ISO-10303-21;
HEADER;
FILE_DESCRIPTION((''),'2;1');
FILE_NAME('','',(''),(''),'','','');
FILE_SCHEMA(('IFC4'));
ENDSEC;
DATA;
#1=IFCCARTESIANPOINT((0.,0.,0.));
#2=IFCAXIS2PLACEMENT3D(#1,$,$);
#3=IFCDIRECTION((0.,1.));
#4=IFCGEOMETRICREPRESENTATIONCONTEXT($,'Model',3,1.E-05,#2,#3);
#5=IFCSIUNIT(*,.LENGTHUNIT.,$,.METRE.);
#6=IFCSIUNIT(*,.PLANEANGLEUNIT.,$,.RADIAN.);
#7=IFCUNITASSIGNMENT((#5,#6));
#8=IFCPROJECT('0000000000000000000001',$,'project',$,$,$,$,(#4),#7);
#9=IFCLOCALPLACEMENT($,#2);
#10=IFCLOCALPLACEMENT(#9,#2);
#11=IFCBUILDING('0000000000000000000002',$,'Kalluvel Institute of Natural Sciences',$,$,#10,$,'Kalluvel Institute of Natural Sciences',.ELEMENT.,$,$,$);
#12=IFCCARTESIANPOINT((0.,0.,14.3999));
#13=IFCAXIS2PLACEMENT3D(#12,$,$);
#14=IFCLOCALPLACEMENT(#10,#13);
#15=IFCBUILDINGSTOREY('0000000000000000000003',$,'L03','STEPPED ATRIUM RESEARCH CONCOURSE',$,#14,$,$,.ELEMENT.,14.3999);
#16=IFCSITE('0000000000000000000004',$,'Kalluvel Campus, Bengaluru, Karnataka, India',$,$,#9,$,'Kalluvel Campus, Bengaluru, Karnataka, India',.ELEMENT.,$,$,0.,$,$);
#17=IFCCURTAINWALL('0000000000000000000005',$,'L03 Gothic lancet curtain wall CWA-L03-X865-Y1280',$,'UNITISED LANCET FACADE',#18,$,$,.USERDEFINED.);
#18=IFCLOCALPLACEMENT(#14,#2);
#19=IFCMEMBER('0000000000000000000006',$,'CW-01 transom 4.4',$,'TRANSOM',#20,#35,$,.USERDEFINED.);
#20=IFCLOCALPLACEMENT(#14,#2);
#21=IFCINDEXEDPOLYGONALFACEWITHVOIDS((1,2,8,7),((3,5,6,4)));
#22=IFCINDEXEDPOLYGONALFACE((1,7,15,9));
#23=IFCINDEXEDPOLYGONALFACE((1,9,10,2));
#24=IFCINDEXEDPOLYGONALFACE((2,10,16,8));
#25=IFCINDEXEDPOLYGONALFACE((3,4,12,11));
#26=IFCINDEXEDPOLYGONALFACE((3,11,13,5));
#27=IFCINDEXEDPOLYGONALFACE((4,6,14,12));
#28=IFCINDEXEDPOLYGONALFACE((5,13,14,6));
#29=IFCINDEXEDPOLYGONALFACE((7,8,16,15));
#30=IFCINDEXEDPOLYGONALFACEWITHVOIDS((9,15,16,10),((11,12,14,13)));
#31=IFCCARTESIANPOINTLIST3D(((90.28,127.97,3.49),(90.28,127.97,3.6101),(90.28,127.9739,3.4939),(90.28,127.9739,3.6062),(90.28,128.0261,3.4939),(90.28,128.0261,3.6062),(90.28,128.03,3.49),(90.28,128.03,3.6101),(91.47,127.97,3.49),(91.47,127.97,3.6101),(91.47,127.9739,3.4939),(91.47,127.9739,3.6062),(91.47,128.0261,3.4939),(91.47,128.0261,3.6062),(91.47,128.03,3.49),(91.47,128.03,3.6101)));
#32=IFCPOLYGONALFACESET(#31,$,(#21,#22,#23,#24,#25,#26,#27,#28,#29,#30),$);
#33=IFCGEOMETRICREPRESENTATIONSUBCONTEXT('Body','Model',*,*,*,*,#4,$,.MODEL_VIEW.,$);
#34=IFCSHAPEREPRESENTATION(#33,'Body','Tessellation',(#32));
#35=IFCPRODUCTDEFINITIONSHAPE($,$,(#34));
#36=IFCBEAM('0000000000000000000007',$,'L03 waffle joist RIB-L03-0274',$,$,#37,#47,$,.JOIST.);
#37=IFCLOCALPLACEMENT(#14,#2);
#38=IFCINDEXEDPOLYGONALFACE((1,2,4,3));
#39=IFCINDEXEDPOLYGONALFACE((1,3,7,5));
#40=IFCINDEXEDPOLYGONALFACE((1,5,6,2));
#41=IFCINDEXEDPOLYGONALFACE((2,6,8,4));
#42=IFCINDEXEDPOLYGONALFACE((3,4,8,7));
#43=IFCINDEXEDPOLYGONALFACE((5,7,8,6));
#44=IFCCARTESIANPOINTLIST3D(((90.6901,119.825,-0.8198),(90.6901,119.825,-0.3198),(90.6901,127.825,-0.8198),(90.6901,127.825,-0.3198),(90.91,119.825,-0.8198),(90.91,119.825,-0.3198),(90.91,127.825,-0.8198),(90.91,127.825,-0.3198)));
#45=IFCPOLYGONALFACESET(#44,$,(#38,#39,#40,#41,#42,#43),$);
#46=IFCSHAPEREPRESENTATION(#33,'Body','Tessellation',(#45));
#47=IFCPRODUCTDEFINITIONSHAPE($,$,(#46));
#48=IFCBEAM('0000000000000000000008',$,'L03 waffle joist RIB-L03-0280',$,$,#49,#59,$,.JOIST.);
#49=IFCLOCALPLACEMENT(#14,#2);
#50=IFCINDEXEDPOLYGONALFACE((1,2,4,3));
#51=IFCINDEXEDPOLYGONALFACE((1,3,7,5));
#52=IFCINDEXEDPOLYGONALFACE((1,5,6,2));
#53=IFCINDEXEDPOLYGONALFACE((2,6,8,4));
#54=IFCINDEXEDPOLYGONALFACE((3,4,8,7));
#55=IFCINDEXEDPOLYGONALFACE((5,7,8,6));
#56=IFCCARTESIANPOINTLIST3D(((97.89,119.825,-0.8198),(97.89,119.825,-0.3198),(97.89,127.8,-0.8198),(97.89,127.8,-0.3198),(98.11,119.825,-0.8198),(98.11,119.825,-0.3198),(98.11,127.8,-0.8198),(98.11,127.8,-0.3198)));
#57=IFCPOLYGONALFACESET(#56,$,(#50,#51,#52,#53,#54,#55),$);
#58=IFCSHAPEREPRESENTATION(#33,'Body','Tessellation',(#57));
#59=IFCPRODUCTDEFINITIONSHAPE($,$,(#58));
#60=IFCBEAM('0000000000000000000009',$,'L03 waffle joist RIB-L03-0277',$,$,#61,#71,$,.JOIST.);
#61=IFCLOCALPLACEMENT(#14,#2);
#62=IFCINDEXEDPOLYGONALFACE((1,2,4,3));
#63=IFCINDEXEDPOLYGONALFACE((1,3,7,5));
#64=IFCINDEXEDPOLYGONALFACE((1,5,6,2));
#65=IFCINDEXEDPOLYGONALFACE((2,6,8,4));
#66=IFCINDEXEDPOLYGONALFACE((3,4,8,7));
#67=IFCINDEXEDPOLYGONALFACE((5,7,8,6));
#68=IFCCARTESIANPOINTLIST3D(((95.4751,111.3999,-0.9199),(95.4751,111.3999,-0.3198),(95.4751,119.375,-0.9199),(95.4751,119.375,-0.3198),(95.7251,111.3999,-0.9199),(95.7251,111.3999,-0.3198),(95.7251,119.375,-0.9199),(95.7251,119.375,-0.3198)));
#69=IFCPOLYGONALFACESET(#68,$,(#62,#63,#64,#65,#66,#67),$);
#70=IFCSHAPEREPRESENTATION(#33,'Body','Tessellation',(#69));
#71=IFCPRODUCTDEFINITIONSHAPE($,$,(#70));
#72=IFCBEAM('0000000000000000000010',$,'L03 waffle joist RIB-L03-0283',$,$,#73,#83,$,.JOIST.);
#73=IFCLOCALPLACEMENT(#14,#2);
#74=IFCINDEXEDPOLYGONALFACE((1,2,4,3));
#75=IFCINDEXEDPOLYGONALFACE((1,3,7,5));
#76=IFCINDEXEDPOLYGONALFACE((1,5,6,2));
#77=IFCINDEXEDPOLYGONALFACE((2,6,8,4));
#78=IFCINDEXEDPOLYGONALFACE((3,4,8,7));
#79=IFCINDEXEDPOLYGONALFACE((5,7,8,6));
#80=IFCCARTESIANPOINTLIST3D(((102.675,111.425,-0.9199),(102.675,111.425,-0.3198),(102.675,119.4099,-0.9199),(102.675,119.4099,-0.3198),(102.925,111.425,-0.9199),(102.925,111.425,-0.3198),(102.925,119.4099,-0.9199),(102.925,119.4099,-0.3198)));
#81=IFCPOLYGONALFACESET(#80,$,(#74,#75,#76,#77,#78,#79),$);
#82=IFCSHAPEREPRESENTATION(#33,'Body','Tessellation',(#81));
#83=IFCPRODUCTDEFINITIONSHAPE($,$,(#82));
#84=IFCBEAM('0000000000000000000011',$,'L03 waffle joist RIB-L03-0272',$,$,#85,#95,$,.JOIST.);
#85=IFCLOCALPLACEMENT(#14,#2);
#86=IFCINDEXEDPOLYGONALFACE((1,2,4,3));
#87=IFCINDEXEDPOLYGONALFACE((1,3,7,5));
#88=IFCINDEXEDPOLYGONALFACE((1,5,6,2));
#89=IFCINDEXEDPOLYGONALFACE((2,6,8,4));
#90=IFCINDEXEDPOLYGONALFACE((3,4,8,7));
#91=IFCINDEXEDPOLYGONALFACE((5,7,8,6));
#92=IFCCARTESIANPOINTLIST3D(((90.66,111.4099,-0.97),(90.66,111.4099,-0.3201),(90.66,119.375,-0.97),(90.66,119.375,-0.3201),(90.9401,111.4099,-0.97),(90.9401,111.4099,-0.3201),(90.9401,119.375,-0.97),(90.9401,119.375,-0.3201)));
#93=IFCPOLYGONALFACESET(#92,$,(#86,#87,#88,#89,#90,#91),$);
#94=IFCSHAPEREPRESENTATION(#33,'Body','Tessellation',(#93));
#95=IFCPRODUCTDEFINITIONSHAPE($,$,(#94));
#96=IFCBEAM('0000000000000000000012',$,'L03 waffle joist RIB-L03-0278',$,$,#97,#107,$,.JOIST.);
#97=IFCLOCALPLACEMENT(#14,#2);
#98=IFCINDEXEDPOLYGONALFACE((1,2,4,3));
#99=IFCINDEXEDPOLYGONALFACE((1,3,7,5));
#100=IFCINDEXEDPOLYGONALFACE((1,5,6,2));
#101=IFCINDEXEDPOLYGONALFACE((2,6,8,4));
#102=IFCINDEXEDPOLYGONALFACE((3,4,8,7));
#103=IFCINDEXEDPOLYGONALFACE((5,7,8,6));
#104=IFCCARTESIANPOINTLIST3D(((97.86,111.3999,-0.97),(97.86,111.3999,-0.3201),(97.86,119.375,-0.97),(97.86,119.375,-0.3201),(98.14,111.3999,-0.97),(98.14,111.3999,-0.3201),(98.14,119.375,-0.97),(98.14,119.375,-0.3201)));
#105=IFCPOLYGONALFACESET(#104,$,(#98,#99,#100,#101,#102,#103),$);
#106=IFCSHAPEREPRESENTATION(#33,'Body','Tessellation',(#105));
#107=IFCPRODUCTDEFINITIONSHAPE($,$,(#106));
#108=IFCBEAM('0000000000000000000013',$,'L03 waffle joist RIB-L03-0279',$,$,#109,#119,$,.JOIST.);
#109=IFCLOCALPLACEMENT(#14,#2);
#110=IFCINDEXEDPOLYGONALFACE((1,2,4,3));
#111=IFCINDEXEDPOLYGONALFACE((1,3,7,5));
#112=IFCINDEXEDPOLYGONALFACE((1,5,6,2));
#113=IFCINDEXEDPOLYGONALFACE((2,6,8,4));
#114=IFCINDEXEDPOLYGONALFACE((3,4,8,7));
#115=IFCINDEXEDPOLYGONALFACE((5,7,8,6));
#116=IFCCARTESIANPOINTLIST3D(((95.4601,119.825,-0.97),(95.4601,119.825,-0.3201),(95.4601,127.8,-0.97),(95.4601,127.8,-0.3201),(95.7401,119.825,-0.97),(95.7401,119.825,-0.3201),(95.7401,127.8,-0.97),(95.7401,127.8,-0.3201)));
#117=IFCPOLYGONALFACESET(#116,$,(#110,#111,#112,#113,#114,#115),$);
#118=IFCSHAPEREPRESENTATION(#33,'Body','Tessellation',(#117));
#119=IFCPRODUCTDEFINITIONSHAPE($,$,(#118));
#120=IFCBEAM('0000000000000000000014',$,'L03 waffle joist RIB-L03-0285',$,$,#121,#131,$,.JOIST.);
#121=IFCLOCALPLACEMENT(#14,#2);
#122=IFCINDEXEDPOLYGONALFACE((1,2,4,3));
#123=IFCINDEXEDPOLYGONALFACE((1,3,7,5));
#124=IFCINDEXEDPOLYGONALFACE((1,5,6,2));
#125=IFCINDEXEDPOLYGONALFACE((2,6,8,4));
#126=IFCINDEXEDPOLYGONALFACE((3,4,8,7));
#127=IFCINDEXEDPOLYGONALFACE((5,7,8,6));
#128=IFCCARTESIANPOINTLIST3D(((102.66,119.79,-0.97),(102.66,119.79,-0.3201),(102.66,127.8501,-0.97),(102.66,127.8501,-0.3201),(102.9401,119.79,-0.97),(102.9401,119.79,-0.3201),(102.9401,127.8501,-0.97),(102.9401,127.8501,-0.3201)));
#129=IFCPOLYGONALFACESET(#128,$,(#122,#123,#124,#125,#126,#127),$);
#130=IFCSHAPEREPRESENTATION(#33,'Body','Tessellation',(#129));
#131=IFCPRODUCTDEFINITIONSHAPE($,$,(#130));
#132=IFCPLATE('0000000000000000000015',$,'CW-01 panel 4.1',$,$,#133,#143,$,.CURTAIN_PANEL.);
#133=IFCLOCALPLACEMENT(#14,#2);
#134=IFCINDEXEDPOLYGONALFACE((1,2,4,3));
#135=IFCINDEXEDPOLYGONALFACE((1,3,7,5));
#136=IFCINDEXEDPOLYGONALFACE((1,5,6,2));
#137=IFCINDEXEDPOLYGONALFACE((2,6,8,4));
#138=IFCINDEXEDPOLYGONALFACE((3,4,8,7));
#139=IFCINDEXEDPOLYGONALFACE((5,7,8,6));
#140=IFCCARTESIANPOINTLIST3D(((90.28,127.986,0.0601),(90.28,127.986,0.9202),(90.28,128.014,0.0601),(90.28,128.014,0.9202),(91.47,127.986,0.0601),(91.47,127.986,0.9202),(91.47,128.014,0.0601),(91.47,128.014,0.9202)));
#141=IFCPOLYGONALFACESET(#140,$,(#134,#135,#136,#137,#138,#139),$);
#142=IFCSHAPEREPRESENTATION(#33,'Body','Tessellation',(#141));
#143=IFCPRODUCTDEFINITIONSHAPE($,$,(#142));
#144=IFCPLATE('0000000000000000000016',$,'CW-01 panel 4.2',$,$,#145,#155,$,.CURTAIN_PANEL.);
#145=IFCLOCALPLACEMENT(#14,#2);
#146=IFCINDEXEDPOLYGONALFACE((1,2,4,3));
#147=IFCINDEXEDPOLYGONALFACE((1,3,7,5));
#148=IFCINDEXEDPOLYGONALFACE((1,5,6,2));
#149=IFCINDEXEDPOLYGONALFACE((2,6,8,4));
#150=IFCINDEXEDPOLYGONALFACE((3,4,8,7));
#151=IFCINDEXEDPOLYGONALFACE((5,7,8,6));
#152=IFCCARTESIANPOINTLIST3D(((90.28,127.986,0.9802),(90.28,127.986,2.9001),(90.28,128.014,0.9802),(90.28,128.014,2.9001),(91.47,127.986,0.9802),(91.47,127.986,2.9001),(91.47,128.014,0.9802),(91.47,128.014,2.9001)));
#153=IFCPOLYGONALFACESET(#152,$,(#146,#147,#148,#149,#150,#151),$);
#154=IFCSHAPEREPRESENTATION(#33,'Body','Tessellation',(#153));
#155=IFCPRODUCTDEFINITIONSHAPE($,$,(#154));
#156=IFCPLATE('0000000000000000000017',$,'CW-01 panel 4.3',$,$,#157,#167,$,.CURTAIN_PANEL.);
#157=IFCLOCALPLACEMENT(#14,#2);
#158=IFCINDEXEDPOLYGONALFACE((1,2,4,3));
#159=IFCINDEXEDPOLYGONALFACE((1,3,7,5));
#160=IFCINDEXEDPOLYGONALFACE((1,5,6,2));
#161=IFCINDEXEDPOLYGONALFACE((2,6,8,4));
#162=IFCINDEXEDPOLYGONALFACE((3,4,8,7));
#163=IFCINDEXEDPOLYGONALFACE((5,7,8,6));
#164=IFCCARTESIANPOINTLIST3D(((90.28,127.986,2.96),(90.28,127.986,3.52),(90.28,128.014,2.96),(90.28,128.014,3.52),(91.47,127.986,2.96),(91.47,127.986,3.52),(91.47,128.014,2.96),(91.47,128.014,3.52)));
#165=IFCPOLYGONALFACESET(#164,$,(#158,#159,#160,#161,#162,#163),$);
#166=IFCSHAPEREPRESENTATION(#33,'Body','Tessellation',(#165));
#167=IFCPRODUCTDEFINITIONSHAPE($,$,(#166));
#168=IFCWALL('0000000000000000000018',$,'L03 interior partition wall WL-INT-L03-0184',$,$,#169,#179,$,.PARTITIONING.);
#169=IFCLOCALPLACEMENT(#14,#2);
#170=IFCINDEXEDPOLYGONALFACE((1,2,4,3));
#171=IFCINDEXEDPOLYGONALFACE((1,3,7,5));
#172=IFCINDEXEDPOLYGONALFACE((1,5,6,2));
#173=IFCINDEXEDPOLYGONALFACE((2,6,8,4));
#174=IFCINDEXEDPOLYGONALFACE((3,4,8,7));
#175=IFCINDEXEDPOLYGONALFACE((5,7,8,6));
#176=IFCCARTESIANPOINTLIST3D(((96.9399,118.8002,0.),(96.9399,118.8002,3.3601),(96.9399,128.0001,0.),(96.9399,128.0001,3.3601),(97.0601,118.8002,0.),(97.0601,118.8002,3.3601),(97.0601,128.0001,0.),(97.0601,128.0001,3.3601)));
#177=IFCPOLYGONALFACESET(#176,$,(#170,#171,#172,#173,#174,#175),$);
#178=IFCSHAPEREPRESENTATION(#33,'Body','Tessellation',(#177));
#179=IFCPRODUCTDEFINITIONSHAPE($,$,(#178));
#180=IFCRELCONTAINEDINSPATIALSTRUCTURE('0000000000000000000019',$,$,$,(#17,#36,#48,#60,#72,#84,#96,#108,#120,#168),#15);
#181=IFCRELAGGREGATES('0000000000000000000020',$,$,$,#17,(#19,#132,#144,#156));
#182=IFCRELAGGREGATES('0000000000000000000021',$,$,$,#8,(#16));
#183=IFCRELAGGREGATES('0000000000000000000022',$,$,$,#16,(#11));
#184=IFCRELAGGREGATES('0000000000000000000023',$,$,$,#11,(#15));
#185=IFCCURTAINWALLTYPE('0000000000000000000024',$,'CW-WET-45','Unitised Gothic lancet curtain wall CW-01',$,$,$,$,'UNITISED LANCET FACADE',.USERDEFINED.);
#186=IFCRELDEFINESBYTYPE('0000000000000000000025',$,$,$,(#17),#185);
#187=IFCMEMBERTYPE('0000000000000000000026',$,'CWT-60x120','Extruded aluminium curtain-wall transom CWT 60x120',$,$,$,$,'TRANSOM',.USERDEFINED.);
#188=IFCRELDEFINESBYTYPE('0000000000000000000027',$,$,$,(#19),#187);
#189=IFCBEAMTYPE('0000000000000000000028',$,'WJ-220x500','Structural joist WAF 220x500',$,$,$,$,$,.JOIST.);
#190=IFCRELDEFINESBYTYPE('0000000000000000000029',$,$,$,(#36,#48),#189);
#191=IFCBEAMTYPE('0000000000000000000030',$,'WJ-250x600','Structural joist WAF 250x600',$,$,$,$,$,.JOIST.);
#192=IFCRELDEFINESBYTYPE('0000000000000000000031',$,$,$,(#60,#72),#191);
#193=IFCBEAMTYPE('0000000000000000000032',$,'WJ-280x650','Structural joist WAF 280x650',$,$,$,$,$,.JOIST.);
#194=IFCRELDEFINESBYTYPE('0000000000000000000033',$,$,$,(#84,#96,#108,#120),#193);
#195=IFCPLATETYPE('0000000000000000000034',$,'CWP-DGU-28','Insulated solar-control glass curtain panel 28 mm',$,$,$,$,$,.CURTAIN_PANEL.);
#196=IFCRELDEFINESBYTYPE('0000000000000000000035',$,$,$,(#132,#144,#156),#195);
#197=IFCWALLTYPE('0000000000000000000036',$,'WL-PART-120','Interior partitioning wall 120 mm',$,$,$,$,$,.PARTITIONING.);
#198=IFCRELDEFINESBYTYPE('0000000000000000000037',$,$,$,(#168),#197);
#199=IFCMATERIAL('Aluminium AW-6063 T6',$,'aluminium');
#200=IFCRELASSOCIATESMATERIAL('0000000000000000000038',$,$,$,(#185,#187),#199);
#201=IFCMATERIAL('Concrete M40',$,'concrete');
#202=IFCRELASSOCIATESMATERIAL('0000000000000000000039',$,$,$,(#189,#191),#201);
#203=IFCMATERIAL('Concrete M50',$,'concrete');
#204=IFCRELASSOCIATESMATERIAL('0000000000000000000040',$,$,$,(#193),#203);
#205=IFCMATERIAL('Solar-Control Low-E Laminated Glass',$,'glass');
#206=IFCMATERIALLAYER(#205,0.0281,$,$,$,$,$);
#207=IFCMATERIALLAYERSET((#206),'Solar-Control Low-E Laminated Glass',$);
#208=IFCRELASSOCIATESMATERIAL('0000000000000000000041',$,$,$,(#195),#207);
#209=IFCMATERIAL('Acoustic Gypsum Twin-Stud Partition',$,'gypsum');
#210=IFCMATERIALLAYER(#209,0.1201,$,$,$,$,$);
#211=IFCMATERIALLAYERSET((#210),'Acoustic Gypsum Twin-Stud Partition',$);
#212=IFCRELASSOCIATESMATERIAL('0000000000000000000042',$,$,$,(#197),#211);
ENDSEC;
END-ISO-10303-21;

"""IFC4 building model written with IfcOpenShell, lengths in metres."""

from ifc_helpers import new_model, si_unit, direction, frame, frame_2d, origin, origin_2d, place, context, subcontext, project, spatial, rectangle, hollow_rectangle, extrude, material, layer, layer_set, material_profile, profile_set, type_object, element, aggregate, save


model = new_model("IFC4")

# Units and contexts
model_context = context("Model", 3, precision=1e-05, world=origin(), true_north=direction((0.0, 1.0)))
body_context = subcontext(model_context, "Body", "Model", "MODEL_VIEW")
ifc_project = project(units=[si_unit("LENGTHUNIT", "METRE"), si_unit("PLANEANGLEUNIT", "RADIAN")], contexts=[model_context])

# Site, building, storey
site_placement = place(None, origin())
site = spatial("IfcSite", under=ifc_project, at=site_placement, Name="Kalluvel Campus, Bengaluru, Karnataka, India", LongName="Kalluvel Campus, Bengaluru, Karnataka, India", CompositionType="ELEMENT", RefElevation=0.0)
building_placement = place(site_placement, origin())
building = spatial("IfcBuilding", under=site, at=building_placement, Name="Kalluvel Institute of Natural Sciences", LongName="Kalluvel Institute of Natural Sciences", CompositionType="ELEMENT")
storey_placement = place(building_placement, frame((0.0, 0.0, 14.3999)))
storey = spatial("IfcBuildingStorey", under=building, at=storey_placement, Name="L03", Description="STEPPED ATRIUM RESEARCH CONCOURSE", CompositionType="ELEMENT", Elevation=14.3999)

# Shared definitions
ifc_material_1 = material(Name="Concrete M50", Category="concrete")
ifc_material_2 = material(Name="Concrete M40", Category="concrete")

# Curtain wall, member
ifc_material_3 = material(Name="Aluminium AW-6063 T6", Category="aluminium")
curtain_wall_type = type_object("IfcCurtainWallType", Name="CW-WET-45", Description="Unitised Gothic lancet curtain wall CW-01", ElementType="UNITISED LANCET FACADE", PredefinedType="USERDEFINED", material=ifc_material_3)
curtain_wall_placement = place(storey_placement, origin())
curtain_wall = element("IfcCurtainWall", 1, at=curtain_wall_placement, inside=storey, type_object=curtain_wall_type, Name="L03 Gothic lancet curtain wall CWA-L03-X865-Y1280", ObjectType="UNITISED LANCET FACADE", PredefinedType="USERDEFINED")
ifc_material_profile_1 = material_profile(ifc_material_3, hollow_rectangle(XDim=0.0601, YDim=0.1201, WallThickness=0.0039, at=origin_2d()), Name="CWT 60x120")
ifc_profile_set_1 = profile_set([ifc_material_profile_1], Name="Aluminium AW-6063 T6")
member_type = type_object("IfcMemberType", Name="CWT-60x120", Description="Extruded aluminium curtain-wall transom CWT 60x120", ElementType="TRANSOM", PredefinedType="USERDEFINED", material=ifc_profile_set_1)
member_1_placement = place(storey_placement, frame((90.28, 128.0, 3.55), z_axis=(1.0, 0.0, 0.0), x_axis=(0.0, 1.0, 0.0)))
member_1 = element("IfcMember", 2, at=member_1_placement, type_object=member_type, Name="CW-01 transom 4.4", ObjectType="TRANSOM", PredefinedType="USERDEFINED", context=body_context, shape_type="SweptSolid", body=[
    extrude(hollow_rectangle(XDim=0.0601, YDim=0.1201, WallThickness=0.0039, at=origin_2d()), origin(), (0.0, 0.0, 1.0), 1.1899),
])

# Beams
ifc_material_profile_2 = material_profile(ifc_material_2, rectangle(XDim=0.22, YDim=0.5, at=origin_2d()), Name="WAF 220x500")
ifc_profile_set_2 = profile_set([ifc_material_profile_2], Name="Concrete M40")
beam_type_1 = type_object("IfcBeamType", Name="WJ-220x500", Description="Structural joist WAF 220x500", PredefinedType="JOIST", material=ifc_profile_set_2)
beam_1_placement = place(storey_placement, frame((90.8, 119.825, -0.5698), z_axis=(0.0, 1.0, 0.0), x_axis=(-1.0, 0.0, 0.0)))
element("IfcBeam", 3, at=beam_1_placement, inside=storey, type_object=beam_type_1, Name="L03 waffle joist RIB-L03-0274", PredefinedType="JOIST", context=body_context, shape_type="SweptSolid", body=[
    extrude(rectangle(XDim=0.22, YDim=0.5, at=origin_2d()), origin(), (0.0, 0.0, 1.0), 8.0),
])
beam_2_placement = place(storey_placement, frame((98.0, 119.825, -0.5698), z_axis=(0.0, 1.0, 0.0), x_axis=(-1.0, 0.0, 0.0)))
element("IfcBeam", 4, at=beam_2_placement, inside=storey, type_object=beam_type_1, Name="L03 waffle joist RIB-L03-0280", PredefinedType="JOIST", context=body_context, shape_type="SweptSolid", body=[
    extrude(rectangle(XDim=0.22, YDim=0.5, at=origin_2d()), origin(), (0.0, 0.0, 1.0), 7.9751),
])
ifc_material_profile_3 = material_profile(ifc_material_2, rectangle(XDim=0.25, YDim=0.6001, at=origin_2d()), Name="WAF 250x600")
ifc_profile_set_3 = profile_set([ifc_material_profile_3], Name="Concrete M40")
beam_type_2 = type_object("IfcBeamType", Name="WJ-250x600", Description="Structural joist WAF 250x600", PredefinedType="JOIST", material=ifc_profile_set_3)
beam_3_placement = place(storey_placement, frame((95.6001, 111.3999, -0.6199), z_axis=(0.0, 1.0, 0.0), x_axis=(-1.0, 0.0, 0.0)))
element("IfcBeam", 5, at=beam_3_placement, inside=storey, type_object=beam_type_2, Name="L03 waffle joist RIB-L03-0277", PredefinedType="JOIST", context=body_context, shape_type="SweptSolid", body=[
    extrude(rectangle(XDim=0.25, YDim=0.6001, at=origin_2d()), origin(), (0.0, 0.0, 1.0), 7.9751),
])
beam_4_placement = place(storey_placement, frame((102.8, 111.425, -0.6199), z_axis=(0.0, 1.0, 0.0), x_axis=(-1.0, 0.0, 0.0)))
element("IfcBeam", 6, at=beam_4_placement, inside=storey, type_object=beam_type_2, Name="L03 waffle joist RIB-L03-0283", PredefinedType="JOIST", context=body_context, shape_type="SweptSolid", body=[
    extrude(rectangle(XDim=0.25, YDim=0.6001, at=origin_2d()), origin(), (0.0, 0.0, 1.0), 7.9849),
])
ifc_material_profile_4 = material_profile(ifc_material_1, rectangle(XDim=0.28, YDim=0.6499, at=origin_2d()), Name="WAF 280x650")
ifc_profile_set_4 = profile_set([ifc_material_profile_4], Name="Concrete M50")
beam_type_3 = type_object("IfcBeamType", Name="WJ-280x650", Description="Structural joist WAF 280x650", PredefinedType="JOIST", material=ifc_profile_set_4)
beam_5_placement = place(storey_placement, frame((90.8, 111.4099, -0.645), z_axis=(0.0, 1.0, 0.0), x_axis=(-1.0, 0.0, 0.0)))
element("IfcBeam", 7, at=beam_5_placement, inside=storey, type_object=beam_type_3, Name="L03 waffle joist RIB-L03-0272", PredefinedType="JOIST", context=body_context, shape_type="SweptSolid", body=[
    extrude(rectangle(XDim=0.28, YDim=0.6499, at=origin_2d()), origin(), (0.0, 0.0, 1.0), 7.9651),
])
for number, where, z_axis, x_axis, name in (
    (8, (98.0, 111.3999, -0.645), (0.0, 1.0, 0.0), (-1.0, 0.0, 0.0), "L03 waffle joist RIB-L03-0278"),
    (9, (95.6001, 119.825, -0.645), (0.0, 1.0, 0.0), (-1.0, 0.0, 0.0), "L03 waffle joist RIB-L03-0279"),
):
    element("IfcBeam", number, at=place(storey_placement, frame(where, z_axis=z_axis, x_axis=x_axis)), inside=storey, type_object=beam_type_3, Name=name, PredefinedType="JOIST", context=body_context, shape_type="SweptSolid", body=[
        extrude(rectangle(XDim=0.28, YDim=0.6499, at=origin_2d()), origin(), (0.0, 0.0, 1.0), 7.9751),
    ])
beam_6_placement = place(storey_placement, frame((102.8, 119.79, -0.645), z_axis=(0.0, 1.0, 0.0), x_axis=(-1.0, 0.0, 0.0)))
element("IfcBeam", 10, at=beam_6_placement, inside=storey, type_object=beam_type_3, Name="L03 waffle joist RIB-L03-0285", PredefinedType="JOIST", context=body_context, shape_type="SweptSolid", body=[
    extrude(rectangle(XDim=0.28, YDim=0.6499, at=origin_2d()), origin(), (0.0, 0.0, 1.0), 8.0601),
])

# Plates
ifc_material_4 = material(Name="Solar-Control Low-E Laminated Glass", Category="glass")
ifc_layer_1 = layer(ifc_material_4, 0.0281)
ifc_layer_set_1 = layer_set([ifc_layer_1], Name="Solar-Control Low-E Laminated Glass")
plate_type = type_object("IfcPlateType", Name="CWP-DGU-28", Description="Insulated solar-control glass curtain panel 28 mm", PredefinedType="CURTAIN_PANEL", material=ifc_layer_set_1)
plate_1_placement = place(storey_placement, frame((90.875, 128.0, 0.0601), z_axis=(0.0, 0.0, 1.0), x_axis=(1.0, 0.0, 0.0)))
plate_1 = element("IfcPlate", 11, at=plate_1_placement, type_object=plate_type, Name="CW-01 panel 4.1", PredefinedType="CURTAIN_PANEL", context=body_context, shape_type="SweptSolid", body=[
    extrude(rectangle(XDim=1.1899, YDim=0.0281, at=origin_2d()), origin(), (0.0, 0.0, 1.0), 0.8601),
])
plate_2_placement = place(storey_placement, frame((90.875, 128.0, 0.9802), z_axis=(0.0, 0.0, 1.0), x_axis=(1.0, 0.0, 0.0)))
plate_2 = element("IfcPlate", 12, at=plate_2_placement, type_object=plate_type, Name="CW-01 panel 4.2", PredefinedType="CURTAIN_PANEL", context=body_context, shape_type="SweptSolid", body=[
    extrude(rectangle(XDim=1.1899, YDim=0.0281, at=origin_2d()), origin(), (0.0, 0.0, 1.0), 1.9199),
])
plate_3_placement = place(storey_placement, frame((90.875, 128.0, 2.96), z_axis=(0.0, 0.0, 1.0), x_axis=(1.0, 0.0, 0.0)))
plate_3 = element("IfcPlate", 13, at=plate_3_placement, type_object=plate_type, Name="CW-01 panel 4.3", PredefinedType="CURTAIN_PANEL", context=body_context, shape_type="SweptSolid", body=[
    extrude(rectangle(XDim=1.1899, YDim=0.0281, at=origin_2d()), origin(), (0.0, 0.0, 1.0), 0.5601),
])
aggregate(curtain_wall, [member_1, plate_1, plate_2, plate_3])

# Wall
ifc_material_5 = material(Name="Acoustic Gypsum Twin-Stud Partition", Category="gypsum")
ifc_layer_2 = layer(ifc_material_5, 0.1201)
ifc_layer_set_2 = layer_set([ifc_layer_2], Name="Acoustic Gypsum Twin-Stud Partition")
wall_type = type_object("IfcWallType", Name="WL-PART-120", Description="Interior partitioning wall 120 mm", PredefinedType="PARTITIONING", material=ifc_layer_set_2)
wall_placement = place(storey_placement, frame((97.0, 118.8, 0.0), z_axis=(0.0, 0.0, 1.0), x_axis=(0.0, 1.0, 0.0)))
element("IfcWall", 14, at=wall_placement, inside=storey, type_object=wall_type, Name="L03 interior partition wall WL-INT-L03-0184", PredefinedType="PARTITIONING", context=body_context, shape_type="SweptSolid", body=[
    extrude(rectangle(XDim=9.2, YDim=0.1201, at=frame_2d((4.6001, 0.0))), origin(), (0.0, 0.0, 1.0), 3.3601),
])

save(model, "model.ifc")
